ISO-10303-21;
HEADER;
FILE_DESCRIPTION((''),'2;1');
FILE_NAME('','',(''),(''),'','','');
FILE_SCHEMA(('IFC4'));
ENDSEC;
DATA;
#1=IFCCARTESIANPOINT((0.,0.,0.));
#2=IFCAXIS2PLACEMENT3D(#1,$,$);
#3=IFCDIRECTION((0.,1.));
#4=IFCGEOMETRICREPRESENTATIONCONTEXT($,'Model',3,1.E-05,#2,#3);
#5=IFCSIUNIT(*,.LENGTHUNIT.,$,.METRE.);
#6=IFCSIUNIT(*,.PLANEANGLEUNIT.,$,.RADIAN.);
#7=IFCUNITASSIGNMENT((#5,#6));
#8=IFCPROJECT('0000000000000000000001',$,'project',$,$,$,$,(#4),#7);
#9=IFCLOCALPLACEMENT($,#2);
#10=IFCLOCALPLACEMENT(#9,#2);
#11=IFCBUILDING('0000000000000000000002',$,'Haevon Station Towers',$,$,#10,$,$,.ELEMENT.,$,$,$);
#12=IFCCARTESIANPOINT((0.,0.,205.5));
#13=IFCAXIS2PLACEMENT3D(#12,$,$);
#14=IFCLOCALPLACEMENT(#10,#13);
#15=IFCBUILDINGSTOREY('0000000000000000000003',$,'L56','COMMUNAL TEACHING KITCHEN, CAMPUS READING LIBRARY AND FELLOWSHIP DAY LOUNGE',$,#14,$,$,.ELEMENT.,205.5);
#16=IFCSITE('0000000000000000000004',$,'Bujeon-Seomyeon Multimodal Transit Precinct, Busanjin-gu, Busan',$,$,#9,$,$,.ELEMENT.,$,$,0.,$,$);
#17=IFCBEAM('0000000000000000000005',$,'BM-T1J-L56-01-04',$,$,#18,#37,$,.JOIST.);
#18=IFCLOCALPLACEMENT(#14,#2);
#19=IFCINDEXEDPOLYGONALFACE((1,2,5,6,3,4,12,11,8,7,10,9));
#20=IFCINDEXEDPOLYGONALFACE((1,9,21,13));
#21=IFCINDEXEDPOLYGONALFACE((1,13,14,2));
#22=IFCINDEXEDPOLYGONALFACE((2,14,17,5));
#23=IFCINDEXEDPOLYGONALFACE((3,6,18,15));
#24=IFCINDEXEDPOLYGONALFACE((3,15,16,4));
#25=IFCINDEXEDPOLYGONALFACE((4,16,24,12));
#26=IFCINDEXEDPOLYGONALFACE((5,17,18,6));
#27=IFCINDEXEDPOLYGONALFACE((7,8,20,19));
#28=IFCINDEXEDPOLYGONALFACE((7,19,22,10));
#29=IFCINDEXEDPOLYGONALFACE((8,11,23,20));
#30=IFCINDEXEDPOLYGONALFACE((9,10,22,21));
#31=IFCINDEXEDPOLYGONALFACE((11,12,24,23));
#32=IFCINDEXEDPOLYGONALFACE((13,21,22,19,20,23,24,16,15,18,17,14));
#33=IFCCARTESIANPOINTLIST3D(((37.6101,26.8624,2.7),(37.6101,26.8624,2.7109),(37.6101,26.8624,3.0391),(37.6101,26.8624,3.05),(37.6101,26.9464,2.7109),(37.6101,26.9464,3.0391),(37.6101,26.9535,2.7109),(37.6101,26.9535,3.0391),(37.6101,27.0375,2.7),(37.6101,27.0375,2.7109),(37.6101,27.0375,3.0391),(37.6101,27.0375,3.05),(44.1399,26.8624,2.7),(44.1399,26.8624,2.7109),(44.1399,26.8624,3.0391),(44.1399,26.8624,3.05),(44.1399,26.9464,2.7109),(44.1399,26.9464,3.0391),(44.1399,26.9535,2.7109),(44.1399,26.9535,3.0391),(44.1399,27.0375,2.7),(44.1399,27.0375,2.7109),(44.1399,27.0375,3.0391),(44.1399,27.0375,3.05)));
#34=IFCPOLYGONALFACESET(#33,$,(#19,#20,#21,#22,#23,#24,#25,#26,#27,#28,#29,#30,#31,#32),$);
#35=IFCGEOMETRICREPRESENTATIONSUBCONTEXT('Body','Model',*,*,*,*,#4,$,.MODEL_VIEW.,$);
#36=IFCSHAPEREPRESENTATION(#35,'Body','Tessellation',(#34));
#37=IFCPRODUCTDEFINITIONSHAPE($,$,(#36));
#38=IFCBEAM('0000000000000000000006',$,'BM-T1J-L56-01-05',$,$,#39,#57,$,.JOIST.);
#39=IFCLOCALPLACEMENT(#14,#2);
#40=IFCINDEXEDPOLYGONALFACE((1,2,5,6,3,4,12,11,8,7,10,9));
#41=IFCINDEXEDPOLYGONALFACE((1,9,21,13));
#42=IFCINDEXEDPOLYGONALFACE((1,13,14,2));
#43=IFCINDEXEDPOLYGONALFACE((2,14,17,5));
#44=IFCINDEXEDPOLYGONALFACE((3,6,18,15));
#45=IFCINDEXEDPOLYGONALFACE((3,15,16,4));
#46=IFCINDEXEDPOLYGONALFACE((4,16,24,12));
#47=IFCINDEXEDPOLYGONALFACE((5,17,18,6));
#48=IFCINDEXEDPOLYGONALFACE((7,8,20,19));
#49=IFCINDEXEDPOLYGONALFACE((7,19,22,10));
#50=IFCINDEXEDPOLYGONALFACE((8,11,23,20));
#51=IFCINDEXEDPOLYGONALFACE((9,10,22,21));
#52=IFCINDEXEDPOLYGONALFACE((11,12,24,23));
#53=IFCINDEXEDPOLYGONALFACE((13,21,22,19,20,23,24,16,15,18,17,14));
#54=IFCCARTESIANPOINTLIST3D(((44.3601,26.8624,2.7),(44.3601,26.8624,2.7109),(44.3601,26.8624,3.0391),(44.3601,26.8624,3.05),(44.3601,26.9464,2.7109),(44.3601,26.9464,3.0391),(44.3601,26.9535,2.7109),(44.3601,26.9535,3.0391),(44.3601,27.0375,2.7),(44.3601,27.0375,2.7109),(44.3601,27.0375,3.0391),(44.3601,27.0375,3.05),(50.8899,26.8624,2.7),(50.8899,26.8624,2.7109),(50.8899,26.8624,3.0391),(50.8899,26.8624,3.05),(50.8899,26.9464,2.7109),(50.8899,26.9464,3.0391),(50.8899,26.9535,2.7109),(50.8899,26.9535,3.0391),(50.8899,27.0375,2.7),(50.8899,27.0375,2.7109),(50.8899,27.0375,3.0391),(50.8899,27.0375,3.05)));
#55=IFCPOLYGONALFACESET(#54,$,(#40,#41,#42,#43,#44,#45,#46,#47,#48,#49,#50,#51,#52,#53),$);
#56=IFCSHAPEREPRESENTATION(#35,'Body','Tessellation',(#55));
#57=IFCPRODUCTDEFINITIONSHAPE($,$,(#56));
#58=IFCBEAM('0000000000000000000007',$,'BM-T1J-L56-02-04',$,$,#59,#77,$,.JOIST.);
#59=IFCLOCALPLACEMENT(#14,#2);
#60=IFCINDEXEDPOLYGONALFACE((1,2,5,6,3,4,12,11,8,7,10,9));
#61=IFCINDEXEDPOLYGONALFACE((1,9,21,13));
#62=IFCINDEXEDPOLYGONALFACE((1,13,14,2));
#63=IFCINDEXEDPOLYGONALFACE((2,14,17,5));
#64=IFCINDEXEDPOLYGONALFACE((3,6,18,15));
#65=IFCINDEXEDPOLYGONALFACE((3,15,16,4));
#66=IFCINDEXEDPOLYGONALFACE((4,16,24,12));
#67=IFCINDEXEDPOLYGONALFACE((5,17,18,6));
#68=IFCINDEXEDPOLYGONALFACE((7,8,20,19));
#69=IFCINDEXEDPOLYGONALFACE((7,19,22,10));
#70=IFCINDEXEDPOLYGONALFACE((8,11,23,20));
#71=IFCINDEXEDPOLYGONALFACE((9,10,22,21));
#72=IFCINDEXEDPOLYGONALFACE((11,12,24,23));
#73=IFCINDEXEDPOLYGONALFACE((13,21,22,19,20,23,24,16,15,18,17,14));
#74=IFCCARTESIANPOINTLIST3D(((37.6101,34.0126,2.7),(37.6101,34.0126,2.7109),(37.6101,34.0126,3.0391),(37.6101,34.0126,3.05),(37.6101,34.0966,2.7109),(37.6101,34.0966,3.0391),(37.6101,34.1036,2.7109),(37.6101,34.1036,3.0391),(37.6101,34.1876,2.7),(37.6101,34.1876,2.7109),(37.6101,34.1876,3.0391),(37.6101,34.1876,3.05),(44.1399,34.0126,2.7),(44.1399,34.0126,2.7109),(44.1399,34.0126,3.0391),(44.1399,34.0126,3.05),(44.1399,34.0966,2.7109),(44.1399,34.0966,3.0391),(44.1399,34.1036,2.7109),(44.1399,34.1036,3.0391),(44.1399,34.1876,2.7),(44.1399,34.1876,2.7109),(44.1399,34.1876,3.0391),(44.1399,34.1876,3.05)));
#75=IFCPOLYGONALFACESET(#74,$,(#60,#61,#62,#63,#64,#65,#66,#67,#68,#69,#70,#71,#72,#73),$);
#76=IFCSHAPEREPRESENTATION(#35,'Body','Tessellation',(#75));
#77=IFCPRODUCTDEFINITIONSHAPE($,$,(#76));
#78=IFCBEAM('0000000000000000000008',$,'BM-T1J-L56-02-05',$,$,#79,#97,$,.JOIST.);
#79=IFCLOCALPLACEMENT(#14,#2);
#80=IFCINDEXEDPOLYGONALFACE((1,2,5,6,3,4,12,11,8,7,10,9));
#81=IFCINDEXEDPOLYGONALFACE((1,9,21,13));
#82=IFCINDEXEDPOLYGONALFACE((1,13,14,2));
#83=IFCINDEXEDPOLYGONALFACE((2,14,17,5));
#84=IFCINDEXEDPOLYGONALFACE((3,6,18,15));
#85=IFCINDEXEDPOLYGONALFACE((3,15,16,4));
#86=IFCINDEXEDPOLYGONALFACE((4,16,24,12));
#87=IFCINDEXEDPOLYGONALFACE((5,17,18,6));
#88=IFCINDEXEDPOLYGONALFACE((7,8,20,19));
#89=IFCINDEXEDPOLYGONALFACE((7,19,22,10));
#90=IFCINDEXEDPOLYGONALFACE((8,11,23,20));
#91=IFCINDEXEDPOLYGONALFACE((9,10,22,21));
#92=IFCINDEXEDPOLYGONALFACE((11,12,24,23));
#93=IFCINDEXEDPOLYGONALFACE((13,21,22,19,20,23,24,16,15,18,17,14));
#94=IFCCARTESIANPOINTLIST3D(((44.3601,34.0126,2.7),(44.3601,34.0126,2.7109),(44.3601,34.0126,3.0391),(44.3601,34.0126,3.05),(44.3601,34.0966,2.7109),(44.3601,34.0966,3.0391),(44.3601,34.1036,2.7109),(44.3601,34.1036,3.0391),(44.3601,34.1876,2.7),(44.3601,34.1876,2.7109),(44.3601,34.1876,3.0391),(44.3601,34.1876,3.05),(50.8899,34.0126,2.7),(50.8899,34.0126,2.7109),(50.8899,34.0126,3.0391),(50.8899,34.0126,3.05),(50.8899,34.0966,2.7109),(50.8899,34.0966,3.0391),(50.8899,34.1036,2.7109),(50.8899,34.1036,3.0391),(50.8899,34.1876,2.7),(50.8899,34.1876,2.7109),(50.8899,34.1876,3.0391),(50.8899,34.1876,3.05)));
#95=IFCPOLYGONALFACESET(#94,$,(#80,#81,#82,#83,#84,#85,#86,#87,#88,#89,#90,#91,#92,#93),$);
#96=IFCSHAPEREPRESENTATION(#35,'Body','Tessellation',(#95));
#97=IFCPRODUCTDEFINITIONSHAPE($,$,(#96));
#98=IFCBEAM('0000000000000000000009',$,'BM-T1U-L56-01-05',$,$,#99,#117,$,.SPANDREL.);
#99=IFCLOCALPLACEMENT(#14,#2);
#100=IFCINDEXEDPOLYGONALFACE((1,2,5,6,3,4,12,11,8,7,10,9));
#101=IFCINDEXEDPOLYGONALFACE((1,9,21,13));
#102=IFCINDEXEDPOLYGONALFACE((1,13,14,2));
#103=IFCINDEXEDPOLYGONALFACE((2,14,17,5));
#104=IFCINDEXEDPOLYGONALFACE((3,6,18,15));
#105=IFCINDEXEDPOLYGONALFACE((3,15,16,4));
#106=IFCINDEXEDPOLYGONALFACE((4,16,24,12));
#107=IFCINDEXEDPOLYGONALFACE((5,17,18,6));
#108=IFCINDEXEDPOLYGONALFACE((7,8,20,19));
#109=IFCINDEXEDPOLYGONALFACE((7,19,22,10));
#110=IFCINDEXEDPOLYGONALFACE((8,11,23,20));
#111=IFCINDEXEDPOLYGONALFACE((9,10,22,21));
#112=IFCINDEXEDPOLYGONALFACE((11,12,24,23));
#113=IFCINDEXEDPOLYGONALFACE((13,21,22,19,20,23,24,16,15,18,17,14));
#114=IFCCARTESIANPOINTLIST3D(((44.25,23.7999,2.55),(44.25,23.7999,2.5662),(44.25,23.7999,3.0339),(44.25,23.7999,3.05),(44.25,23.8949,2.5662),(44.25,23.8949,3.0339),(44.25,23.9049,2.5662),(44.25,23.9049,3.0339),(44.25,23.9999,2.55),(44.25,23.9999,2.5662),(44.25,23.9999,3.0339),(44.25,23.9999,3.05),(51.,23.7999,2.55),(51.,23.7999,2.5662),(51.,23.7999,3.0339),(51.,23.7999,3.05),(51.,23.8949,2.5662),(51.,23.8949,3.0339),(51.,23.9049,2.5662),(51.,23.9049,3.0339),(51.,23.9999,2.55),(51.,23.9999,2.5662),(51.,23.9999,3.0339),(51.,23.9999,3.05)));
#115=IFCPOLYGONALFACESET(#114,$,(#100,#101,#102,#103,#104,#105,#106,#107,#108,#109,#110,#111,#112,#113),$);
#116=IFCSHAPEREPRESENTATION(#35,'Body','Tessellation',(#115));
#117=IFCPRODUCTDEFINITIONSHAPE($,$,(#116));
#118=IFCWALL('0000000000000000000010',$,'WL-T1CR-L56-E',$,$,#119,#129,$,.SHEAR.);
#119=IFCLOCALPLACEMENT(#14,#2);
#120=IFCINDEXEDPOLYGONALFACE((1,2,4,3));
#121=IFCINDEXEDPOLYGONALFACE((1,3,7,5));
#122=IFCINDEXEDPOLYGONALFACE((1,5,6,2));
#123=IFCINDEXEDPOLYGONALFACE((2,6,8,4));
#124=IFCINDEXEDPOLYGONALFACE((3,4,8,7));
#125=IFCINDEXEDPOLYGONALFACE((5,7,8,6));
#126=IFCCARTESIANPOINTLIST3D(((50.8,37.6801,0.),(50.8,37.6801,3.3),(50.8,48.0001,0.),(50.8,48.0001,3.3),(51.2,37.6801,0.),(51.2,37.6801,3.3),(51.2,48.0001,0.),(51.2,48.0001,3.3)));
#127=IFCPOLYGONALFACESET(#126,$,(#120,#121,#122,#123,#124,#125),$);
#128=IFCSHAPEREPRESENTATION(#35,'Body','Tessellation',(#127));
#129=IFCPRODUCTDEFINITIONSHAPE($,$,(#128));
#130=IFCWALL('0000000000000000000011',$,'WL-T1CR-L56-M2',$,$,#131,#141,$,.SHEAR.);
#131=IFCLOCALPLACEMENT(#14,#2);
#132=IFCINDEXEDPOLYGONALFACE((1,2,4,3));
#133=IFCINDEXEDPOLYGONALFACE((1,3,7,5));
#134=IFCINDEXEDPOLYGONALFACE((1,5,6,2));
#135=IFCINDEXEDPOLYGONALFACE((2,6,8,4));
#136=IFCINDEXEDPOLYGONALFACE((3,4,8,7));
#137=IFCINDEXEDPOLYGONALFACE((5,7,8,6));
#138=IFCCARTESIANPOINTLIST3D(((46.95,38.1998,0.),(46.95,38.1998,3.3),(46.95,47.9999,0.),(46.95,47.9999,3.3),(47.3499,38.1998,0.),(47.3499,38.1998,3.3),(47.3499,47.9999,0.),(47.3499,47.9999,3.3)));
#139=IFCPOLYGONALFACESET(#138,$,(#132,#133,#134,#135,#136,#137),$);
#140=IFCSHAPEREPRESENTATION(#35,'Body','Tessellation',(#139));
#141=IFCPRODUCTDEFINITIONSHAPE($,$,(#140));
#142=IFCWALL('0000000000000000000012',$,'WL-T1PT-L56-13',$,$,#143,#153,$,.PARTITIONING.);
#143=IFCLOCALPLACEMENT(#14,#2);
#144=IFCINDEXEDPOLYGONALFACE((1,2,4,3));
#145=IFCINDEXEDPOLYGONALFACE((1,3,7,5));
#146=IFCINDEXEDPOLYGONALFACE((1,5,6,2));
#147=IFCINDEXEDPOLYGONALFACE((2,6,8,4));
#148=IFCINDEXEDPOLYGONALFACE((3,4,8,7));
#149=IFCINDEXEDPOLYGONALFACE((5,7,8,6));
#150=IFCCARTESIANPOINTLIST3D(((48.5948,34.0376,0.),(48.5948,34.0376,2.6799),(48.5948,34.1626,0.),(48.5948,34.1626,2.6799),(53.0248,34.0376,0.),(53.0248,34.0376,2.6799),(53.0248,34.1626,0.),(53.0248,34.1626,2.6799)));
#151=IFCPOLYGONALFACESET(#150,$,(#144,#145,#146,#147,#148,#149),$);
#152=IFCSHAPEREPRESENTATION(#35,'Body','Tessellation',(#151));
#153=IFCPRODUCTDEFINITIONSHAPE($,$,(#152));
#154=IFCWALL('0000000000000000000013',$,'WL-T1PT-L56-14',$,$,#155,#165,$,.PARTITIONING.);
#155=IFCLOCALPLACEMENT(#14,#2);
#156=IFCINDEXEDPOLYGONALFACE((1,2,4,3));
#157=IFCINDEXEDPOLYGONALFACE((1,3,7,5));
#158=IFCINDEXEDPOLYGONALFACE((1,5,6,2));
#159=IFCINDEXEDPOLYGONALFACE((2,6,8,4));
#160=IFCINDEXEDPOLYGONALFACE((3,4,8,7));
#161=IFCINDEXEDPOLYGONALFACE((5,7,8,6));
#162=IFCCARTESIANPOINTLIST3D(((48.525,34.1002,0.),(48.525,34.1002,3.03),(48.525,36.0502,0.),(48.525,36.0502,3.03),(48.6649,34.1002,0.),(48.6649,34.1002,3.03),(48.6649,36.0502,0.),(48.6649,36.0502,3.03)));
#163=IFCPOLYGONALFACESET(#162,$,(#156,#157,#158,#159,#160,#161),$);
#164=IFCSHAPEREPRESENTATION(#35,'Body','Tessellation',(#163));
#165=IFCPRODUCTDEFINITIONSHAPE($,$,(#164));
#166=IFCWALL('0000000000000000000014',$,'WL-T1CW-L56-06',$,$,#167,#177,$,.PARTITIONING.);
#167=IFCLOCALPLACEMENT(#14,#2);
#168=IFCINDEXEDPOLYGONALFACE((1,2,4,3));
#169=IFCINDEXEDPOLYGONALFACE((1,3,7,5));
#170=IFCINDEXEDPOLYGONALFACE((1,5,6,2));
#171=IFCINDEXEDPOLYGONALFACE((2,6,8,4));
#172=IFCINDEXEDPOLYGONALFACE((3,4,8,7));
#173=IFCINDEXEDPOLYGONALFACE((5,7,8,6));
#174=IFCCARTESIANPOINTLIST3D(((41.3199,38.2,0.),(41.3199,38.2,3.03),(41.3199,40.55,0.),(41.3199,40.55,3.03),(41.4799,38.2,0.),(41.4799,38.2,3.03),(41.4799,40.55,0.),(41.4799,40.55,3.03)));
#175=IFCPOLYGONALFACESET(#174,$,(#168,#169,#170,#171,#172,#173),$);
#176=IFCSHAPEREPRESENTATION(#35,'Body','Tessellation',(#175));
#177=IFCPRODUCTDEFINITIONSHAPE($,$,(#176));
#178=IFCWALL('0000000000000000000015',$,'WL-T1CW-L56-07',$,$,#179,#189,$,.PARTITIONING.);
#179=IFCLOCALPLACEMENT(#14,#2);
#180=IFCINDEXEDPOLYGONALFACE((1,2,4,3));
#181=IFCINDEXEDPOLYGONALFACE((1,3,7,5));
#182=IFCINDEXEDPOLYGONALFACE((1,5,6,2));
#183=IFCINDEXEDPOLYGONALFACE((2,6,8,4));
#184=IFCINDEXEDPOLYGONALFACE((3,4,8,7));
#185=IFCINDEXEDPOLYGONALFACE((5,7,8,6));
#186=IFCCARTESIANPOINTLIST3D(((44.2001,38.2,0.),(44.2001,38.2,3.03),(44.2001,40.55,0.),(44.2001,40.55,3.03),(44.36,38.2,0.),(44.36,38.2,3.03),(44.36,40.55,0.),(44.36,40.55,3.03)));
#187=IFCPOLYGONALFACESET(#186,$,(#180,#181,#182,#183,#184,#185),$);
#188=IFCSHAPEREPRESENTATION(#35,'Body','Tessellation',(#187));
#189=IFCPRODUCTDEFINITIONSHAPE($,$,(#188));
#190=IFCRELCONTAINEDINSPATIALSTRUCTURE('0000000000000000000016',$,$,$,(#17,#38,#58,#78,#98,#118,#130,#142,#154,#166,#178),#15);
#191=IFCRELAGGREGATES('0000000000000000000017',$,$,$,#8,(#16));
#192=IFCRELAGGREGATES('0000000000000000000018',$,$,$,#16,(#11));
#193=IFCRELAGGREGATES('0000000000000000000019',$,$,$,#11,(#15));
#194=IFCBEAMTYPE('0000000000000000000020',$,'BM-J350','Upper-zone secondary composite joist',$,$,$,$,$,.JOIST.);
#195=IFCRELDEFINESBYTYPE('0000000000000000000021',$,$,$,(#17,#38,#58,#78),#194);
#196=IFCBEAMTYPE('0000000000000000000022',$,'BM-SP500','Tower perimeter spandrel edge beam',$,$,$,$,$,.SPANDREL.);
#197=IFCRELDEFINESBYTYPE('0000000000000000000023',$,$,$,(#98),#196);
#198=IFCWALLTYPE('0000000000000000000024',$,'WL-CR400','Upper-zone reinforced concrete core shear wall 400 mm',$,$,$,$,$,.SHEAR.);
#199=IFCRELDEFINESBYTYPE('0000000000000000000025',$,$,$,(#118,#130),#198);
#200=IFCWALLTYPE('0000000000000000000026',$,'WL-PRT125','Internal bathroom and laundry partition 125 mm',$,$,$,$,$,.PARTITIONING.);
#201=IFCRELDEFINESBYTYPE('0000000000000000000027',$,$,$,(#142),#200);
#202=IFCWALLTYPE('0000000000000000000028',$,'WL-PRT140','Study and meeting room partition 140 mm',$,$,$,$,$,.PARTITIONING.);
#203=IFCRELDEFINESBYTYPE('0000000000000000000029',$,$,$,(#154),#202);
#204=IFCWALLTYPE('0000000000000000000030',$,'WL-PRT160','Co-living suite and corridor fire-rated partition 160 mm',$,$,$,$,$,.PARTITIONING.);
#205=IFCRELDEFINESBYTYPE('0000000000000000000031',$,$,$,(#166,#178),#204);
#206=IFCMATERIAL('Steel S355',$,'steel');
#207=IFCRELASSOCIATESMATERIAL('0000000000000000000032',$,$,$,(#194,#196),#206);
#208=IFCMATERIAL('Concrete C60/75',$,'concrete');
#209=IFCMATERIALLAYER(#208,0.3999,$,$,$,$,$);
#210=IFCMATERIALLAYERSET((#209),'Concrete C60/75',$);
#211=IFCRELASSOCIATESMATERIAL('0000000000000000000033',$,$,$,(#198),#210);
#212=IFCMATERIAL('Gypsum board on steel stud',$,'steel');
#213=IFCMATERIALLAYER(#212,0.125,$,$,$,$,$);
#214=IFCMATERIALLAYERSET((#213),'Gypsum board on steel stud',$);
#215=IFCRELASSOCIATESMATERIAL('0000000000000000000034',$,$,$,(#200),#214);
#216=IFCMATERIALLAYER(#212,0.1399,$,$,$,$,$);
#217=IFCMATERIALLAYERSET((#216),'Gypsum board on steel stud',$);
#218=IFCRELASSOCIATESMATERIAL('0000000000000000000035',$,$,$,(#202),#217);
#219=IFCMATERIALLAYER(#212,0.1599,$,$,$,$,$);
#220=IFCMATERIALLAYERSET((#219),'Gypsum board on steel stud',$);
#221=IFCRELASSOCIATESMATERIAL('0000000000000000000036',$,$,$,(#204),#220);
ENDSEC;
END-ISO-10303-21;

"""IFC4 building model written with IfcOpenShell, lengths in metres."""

from ifc_helpers import new_model, si_unit, direction, frame, frame_2d, origin, origin_2d, place, context, subcontext, project, spatial, rectangle, i_section, extrude, material, layer, layer_set, material_profile, profile_set, type_object, element, save


model = new_model("IFC4")

# Units and contexts
model_context = context("Model", 3, precision=1e-05, world=origin(), true_north=direction((0.0, 1.0)))
body_context = subcontext(model_context, "Body", "Model", "MODEL_VIEW")
ifc_project = project(units=[si_unit("LENGTHUNIT", "METRE"), si_unit("PLANEANGLEUNIT", "RADIAN")], contexts=[model_context])

# Site, building, storey
site_placement = place(None, origin())
site = spatial("IfcSite", under=ifc_project, at=site_placement, Name="Bujeon-Seomyeon Multimodal Transit Precinct, Busanjin-gu, Busan", CompositionType="ELEMENT", RefElevation=0.0)
building_placement = place(site_placement, origin())
building = spatial("IfcBuilding", under=site, at=building_placement, Name="Haevon Station Towers", CompositionType="ELEMENT")
storey_placement = place(building_placement, frame((0.0, 0.0, 205.5)))
storey = spatial("IfcBuildingStorey", under=building, at=storey_placement, Name="L56", Description="COMMUNAL TEACHING KITCHEN, CAMPUS READING LIBRARY AND FELLOWSHIP DAY LOUNGE", CompositionType="ELEMENT", Elevation=205.5)

# Shared definitions
ifc_material_1 = material(Name="Steel S355", Category="steel")

# Beams
ifc_material_profile_1 = material_profile(ifc_material_1, i_section(OverallWidth=0.175, OverallDepth=0.3501, WebThickness=0.0071, FlangeThickness=0.011, at=origin_2d()), Name="H-350x175x7x11")
ifc_profile_set_1 = profile_set([ifc_material_profile_1], Name="Steel S355")
beam_type_1 = type_object("IfcBeamType", Name="BM-J350", Description="Upper-zone secondary composite joist", PredefinedType="JOIST", material=ifc_profile_set_1)
for number, where, z_axis, x_axis, name in (
    (1, (37.6101, 26.95, 2.875), (1.0, 0.0, 0.0), (0.0, 1.0, 0.0), "BM-T1J-L56-01-04"),
    (2, (44.3601, 26.95, 2.875), (1.0, 0.0, 0.0), (0.0, 1.0, 0.0), "BM-T1J-L56-01-05"),
    (3, (37.6101, 34.1001, 2.875), (1.0, 0.0, 0.0), (0.0, 1.0, 0.0), "BM-T1J-L56-02-04"),
    (4, (44.3601, 34.1001, 2.875), (1.0, 0.0, 0.0), (0.0, 1.0, 0.0), "BM-T1J-L56-02-05"),
):
    element("IfcBeam", number, at=place(storey_placement, frame(where, z_axis=z_axis, x_axis=x_axis)), inside=storey, type_object=beam_type_1, Name=name, PredefinedType="JOIST", context=body_context, shape_type="SweptSolid", body=[
        extrude(i_section(OverallWidth=0.175, OverallDepth=0.3501, WebThickness=0.0071, FlangeThickness=0.011, at=origin_2d()), origin(), (0.0, 0.0, 1.0), 6.5298),
    ])
ifc_material_profile_2 = material_profile(ifc_material_1, i_section(OverallWidth=0.2, OverallDepth=0.5, WebThickness=0.01, FlangeThickness=0.0161, at=origin_2d()), Name="H-500x200x10x16")
ifc_profile_set_2 = profile_set([ifc_material_profile_2], Name="Steel S355")
beam_type_2 = type_object("IfcBeamType", Name="BM-SP500", Description="Tower perimeter spandrel edge beam", PredefinedType="SPANDREL", material=ifc_profile_set_2)
beam_1_placement = place(storey_placement, frame((44.25, 23.8999, 2.8), z_axis=(1.0, 0.0, 0.0), x_axis=(0.0, 1.0, 0.0)))
element("IfcBeam", 5, at=beam_1_placement, inside=storey, type_object=beam_type_2, Name="BM-T1U-L56-01-05", PredefinedType="SPANDREL", context=body_context, shape_type="SweptSolid", body=[
    extrude(i_section(OverallWidth=0.2, OverallDepth=0.5, WebThickness=0.01, FlangeThickness=0.0161, at=origin_2d()), origin(), (0.0, 0.0, 1.0), 6.75),
])

# Walls
ifc_material_2 = material(Name="Concrete C60/75", Category="concrete")
ifc_layer_1 = layer(ifc_material_2, 0.3999)
ifc_layer_set_1 = layer_set([ifc_layer_1], Name="Concrete C60/75")
wall_type_1 = type_object("IfcWallType", Name="WL-CR400", Description="Upper-zone reinforced concrete core shear wall 400 mm", PredefinedType="SHEAR", material=ifc_layer_set_1)
wall_1_placement = place(storey_placement, frame((51.0, 37.6799, 0.0), z_axis=(0.0, 0.0, 1.0), x_axis=(0.0, 1.0, 0.0)))
element("IfcWall", 6, at=wall_1_placement, inside=storey, type_object=wall_type_1, Name="WL-T1CR-L56-E", PredefinedType="SHEAR", context=body_context, shape_type="SweptSolid", body=[
    extrude(rectangle(XDim=10.3201, YDim=0.3999, at=frame_2d((5.1602, 0.0))), origin(), (0.0, 0.0, 1.0), 3.3),
])
wall_2_placement = place(storey_placement, frame((47.1499, 38.2, 0.0), z_axis=(0.0, 0.0, 1.0), x_axis=(0.0, 1.0, 0.0)))
element("IfcWall", 7, at=wall_2_placement, inside=storey, type_object=wall_type_1, Name="WL-T1CR-L56-M2", PredefinedType="SHEAR", context=body_context, shape_type="SweptSolid", body=[
    extrude(rectangle(XDim=9.8, YDim=0.3999, at=frame_2d((4.8999, 0.0))), origin(), (0.0, 0.0, 1.0), 3.3),
])
ifc_material_3 = material(Name="Gypsum board on steel stud", Category="steel")
ifc_layer_2 = layer(ifc_material_3, 0.125)
ifc_layer_set_2 = layer_set([ifc_layer_2], Name="Gypsum board on steel stud")
wall_type_2 = type_object("IfcWallType", Name="WL-PRT125", Description="Internal bathroom and laundry partition 125 mm", PredefinedType="PARTITIONING", material=ifc_layer_set_2)
wall_3_placement = place(storey_placement, frame((48.595, 34.1001, 0.0), z_axis=(0.0, 0.0, 1.0), x_axis=(1.0, 0.0, 0.0)))
element("IfcWall", 8, at=wall_3_placement, inside=storey, type_object=wall_type_2, Name="WL-T1PT-L56-13", PredefinedType="PARTITIONING", context=body_context, shape_type="SweptSolid", body=[
    extrude(rectangle(XDim=4.4299, YDim=0.125, at=frame_2d((2.2148, 0.0))), origin(), (0.0, 0.0, 1.0), 2.6799),
])
ifc_layer_3 = layer(ifc_material_3, 0.1399)
ifc_layer_set_3 = layer_set([ifc_layer_3], Name="Gypsum board on steel stud")
wall_type_3 = type_object("IfcWallType", Name="WL-PRT140", Description="Study and meeting room partition 140 mm", PredefinedType="PARTITIONING", material=ifc_layer_set_3)
wall_4_placement = place(storey_placement, frame((48.595, 34.1001, 0.0), z_axis=(0.0, 0.0, 1.0), x_axis=(0.0, 1.0, 0.0)))
element("IfcWall", 9, at=wall_4_placement, inside=storey, type_object=wall_type_3, Name="WL-T1PT-L56-14", PredefinedType="PARTITIONING", context=body_context, shape_type="SweptSolid", body=[
    extrude(rectangle(XDim=1.95, YDim=0.1399, at=frame_2d((0.9751, 0.0))), origin(), (0.0, 0.0, 1.0), 3.03),
])
ifc_layer_4 = layer(ifc_material_3, 0.1599)
ifc_layer_set_4 = layer_set([ifc_layer_4], Name="Gypsum board on steel stud")
wall_type_4 = type_object("IfcWallType", Name="WL-PRT160", Description="Co-living suite and corridor fire-rated partition 160 mm", PredefinedType="PARTITIONING", material=ifc_layer_set_4)
for number, where, z_axis, x_axis, name in (
    (10, (41.3999, 38.2, 0.0), (0.0, 0.0, 1.0), (0.0, 1.0, 0.0), "WL-T1CW-L56-06"),
    (11, (44.28, 38.2, 0.0), (0.0, 0.0, 1.0), (0.0, 1.0, 0.0), "WL-T1CW-L56-07"),
):
    element("IfcWall", number, at=place(storey_placement, frame(where, z_axis=z_axis, x_axis=x_axis)), inside=storey, type_object=wall_type_4, Name=name, PredefinedType="PARTITIONING", context=body_context, shape_type="SweptSolid", body=[
        extrude(rectangle(XDim=2.3501, YDim=0.1599, at=frame_2d((1.175, 0.0))), origin(), (0.0, 0.0, 1.0), 3.03),
    ])

save(model, "model.ifc")
